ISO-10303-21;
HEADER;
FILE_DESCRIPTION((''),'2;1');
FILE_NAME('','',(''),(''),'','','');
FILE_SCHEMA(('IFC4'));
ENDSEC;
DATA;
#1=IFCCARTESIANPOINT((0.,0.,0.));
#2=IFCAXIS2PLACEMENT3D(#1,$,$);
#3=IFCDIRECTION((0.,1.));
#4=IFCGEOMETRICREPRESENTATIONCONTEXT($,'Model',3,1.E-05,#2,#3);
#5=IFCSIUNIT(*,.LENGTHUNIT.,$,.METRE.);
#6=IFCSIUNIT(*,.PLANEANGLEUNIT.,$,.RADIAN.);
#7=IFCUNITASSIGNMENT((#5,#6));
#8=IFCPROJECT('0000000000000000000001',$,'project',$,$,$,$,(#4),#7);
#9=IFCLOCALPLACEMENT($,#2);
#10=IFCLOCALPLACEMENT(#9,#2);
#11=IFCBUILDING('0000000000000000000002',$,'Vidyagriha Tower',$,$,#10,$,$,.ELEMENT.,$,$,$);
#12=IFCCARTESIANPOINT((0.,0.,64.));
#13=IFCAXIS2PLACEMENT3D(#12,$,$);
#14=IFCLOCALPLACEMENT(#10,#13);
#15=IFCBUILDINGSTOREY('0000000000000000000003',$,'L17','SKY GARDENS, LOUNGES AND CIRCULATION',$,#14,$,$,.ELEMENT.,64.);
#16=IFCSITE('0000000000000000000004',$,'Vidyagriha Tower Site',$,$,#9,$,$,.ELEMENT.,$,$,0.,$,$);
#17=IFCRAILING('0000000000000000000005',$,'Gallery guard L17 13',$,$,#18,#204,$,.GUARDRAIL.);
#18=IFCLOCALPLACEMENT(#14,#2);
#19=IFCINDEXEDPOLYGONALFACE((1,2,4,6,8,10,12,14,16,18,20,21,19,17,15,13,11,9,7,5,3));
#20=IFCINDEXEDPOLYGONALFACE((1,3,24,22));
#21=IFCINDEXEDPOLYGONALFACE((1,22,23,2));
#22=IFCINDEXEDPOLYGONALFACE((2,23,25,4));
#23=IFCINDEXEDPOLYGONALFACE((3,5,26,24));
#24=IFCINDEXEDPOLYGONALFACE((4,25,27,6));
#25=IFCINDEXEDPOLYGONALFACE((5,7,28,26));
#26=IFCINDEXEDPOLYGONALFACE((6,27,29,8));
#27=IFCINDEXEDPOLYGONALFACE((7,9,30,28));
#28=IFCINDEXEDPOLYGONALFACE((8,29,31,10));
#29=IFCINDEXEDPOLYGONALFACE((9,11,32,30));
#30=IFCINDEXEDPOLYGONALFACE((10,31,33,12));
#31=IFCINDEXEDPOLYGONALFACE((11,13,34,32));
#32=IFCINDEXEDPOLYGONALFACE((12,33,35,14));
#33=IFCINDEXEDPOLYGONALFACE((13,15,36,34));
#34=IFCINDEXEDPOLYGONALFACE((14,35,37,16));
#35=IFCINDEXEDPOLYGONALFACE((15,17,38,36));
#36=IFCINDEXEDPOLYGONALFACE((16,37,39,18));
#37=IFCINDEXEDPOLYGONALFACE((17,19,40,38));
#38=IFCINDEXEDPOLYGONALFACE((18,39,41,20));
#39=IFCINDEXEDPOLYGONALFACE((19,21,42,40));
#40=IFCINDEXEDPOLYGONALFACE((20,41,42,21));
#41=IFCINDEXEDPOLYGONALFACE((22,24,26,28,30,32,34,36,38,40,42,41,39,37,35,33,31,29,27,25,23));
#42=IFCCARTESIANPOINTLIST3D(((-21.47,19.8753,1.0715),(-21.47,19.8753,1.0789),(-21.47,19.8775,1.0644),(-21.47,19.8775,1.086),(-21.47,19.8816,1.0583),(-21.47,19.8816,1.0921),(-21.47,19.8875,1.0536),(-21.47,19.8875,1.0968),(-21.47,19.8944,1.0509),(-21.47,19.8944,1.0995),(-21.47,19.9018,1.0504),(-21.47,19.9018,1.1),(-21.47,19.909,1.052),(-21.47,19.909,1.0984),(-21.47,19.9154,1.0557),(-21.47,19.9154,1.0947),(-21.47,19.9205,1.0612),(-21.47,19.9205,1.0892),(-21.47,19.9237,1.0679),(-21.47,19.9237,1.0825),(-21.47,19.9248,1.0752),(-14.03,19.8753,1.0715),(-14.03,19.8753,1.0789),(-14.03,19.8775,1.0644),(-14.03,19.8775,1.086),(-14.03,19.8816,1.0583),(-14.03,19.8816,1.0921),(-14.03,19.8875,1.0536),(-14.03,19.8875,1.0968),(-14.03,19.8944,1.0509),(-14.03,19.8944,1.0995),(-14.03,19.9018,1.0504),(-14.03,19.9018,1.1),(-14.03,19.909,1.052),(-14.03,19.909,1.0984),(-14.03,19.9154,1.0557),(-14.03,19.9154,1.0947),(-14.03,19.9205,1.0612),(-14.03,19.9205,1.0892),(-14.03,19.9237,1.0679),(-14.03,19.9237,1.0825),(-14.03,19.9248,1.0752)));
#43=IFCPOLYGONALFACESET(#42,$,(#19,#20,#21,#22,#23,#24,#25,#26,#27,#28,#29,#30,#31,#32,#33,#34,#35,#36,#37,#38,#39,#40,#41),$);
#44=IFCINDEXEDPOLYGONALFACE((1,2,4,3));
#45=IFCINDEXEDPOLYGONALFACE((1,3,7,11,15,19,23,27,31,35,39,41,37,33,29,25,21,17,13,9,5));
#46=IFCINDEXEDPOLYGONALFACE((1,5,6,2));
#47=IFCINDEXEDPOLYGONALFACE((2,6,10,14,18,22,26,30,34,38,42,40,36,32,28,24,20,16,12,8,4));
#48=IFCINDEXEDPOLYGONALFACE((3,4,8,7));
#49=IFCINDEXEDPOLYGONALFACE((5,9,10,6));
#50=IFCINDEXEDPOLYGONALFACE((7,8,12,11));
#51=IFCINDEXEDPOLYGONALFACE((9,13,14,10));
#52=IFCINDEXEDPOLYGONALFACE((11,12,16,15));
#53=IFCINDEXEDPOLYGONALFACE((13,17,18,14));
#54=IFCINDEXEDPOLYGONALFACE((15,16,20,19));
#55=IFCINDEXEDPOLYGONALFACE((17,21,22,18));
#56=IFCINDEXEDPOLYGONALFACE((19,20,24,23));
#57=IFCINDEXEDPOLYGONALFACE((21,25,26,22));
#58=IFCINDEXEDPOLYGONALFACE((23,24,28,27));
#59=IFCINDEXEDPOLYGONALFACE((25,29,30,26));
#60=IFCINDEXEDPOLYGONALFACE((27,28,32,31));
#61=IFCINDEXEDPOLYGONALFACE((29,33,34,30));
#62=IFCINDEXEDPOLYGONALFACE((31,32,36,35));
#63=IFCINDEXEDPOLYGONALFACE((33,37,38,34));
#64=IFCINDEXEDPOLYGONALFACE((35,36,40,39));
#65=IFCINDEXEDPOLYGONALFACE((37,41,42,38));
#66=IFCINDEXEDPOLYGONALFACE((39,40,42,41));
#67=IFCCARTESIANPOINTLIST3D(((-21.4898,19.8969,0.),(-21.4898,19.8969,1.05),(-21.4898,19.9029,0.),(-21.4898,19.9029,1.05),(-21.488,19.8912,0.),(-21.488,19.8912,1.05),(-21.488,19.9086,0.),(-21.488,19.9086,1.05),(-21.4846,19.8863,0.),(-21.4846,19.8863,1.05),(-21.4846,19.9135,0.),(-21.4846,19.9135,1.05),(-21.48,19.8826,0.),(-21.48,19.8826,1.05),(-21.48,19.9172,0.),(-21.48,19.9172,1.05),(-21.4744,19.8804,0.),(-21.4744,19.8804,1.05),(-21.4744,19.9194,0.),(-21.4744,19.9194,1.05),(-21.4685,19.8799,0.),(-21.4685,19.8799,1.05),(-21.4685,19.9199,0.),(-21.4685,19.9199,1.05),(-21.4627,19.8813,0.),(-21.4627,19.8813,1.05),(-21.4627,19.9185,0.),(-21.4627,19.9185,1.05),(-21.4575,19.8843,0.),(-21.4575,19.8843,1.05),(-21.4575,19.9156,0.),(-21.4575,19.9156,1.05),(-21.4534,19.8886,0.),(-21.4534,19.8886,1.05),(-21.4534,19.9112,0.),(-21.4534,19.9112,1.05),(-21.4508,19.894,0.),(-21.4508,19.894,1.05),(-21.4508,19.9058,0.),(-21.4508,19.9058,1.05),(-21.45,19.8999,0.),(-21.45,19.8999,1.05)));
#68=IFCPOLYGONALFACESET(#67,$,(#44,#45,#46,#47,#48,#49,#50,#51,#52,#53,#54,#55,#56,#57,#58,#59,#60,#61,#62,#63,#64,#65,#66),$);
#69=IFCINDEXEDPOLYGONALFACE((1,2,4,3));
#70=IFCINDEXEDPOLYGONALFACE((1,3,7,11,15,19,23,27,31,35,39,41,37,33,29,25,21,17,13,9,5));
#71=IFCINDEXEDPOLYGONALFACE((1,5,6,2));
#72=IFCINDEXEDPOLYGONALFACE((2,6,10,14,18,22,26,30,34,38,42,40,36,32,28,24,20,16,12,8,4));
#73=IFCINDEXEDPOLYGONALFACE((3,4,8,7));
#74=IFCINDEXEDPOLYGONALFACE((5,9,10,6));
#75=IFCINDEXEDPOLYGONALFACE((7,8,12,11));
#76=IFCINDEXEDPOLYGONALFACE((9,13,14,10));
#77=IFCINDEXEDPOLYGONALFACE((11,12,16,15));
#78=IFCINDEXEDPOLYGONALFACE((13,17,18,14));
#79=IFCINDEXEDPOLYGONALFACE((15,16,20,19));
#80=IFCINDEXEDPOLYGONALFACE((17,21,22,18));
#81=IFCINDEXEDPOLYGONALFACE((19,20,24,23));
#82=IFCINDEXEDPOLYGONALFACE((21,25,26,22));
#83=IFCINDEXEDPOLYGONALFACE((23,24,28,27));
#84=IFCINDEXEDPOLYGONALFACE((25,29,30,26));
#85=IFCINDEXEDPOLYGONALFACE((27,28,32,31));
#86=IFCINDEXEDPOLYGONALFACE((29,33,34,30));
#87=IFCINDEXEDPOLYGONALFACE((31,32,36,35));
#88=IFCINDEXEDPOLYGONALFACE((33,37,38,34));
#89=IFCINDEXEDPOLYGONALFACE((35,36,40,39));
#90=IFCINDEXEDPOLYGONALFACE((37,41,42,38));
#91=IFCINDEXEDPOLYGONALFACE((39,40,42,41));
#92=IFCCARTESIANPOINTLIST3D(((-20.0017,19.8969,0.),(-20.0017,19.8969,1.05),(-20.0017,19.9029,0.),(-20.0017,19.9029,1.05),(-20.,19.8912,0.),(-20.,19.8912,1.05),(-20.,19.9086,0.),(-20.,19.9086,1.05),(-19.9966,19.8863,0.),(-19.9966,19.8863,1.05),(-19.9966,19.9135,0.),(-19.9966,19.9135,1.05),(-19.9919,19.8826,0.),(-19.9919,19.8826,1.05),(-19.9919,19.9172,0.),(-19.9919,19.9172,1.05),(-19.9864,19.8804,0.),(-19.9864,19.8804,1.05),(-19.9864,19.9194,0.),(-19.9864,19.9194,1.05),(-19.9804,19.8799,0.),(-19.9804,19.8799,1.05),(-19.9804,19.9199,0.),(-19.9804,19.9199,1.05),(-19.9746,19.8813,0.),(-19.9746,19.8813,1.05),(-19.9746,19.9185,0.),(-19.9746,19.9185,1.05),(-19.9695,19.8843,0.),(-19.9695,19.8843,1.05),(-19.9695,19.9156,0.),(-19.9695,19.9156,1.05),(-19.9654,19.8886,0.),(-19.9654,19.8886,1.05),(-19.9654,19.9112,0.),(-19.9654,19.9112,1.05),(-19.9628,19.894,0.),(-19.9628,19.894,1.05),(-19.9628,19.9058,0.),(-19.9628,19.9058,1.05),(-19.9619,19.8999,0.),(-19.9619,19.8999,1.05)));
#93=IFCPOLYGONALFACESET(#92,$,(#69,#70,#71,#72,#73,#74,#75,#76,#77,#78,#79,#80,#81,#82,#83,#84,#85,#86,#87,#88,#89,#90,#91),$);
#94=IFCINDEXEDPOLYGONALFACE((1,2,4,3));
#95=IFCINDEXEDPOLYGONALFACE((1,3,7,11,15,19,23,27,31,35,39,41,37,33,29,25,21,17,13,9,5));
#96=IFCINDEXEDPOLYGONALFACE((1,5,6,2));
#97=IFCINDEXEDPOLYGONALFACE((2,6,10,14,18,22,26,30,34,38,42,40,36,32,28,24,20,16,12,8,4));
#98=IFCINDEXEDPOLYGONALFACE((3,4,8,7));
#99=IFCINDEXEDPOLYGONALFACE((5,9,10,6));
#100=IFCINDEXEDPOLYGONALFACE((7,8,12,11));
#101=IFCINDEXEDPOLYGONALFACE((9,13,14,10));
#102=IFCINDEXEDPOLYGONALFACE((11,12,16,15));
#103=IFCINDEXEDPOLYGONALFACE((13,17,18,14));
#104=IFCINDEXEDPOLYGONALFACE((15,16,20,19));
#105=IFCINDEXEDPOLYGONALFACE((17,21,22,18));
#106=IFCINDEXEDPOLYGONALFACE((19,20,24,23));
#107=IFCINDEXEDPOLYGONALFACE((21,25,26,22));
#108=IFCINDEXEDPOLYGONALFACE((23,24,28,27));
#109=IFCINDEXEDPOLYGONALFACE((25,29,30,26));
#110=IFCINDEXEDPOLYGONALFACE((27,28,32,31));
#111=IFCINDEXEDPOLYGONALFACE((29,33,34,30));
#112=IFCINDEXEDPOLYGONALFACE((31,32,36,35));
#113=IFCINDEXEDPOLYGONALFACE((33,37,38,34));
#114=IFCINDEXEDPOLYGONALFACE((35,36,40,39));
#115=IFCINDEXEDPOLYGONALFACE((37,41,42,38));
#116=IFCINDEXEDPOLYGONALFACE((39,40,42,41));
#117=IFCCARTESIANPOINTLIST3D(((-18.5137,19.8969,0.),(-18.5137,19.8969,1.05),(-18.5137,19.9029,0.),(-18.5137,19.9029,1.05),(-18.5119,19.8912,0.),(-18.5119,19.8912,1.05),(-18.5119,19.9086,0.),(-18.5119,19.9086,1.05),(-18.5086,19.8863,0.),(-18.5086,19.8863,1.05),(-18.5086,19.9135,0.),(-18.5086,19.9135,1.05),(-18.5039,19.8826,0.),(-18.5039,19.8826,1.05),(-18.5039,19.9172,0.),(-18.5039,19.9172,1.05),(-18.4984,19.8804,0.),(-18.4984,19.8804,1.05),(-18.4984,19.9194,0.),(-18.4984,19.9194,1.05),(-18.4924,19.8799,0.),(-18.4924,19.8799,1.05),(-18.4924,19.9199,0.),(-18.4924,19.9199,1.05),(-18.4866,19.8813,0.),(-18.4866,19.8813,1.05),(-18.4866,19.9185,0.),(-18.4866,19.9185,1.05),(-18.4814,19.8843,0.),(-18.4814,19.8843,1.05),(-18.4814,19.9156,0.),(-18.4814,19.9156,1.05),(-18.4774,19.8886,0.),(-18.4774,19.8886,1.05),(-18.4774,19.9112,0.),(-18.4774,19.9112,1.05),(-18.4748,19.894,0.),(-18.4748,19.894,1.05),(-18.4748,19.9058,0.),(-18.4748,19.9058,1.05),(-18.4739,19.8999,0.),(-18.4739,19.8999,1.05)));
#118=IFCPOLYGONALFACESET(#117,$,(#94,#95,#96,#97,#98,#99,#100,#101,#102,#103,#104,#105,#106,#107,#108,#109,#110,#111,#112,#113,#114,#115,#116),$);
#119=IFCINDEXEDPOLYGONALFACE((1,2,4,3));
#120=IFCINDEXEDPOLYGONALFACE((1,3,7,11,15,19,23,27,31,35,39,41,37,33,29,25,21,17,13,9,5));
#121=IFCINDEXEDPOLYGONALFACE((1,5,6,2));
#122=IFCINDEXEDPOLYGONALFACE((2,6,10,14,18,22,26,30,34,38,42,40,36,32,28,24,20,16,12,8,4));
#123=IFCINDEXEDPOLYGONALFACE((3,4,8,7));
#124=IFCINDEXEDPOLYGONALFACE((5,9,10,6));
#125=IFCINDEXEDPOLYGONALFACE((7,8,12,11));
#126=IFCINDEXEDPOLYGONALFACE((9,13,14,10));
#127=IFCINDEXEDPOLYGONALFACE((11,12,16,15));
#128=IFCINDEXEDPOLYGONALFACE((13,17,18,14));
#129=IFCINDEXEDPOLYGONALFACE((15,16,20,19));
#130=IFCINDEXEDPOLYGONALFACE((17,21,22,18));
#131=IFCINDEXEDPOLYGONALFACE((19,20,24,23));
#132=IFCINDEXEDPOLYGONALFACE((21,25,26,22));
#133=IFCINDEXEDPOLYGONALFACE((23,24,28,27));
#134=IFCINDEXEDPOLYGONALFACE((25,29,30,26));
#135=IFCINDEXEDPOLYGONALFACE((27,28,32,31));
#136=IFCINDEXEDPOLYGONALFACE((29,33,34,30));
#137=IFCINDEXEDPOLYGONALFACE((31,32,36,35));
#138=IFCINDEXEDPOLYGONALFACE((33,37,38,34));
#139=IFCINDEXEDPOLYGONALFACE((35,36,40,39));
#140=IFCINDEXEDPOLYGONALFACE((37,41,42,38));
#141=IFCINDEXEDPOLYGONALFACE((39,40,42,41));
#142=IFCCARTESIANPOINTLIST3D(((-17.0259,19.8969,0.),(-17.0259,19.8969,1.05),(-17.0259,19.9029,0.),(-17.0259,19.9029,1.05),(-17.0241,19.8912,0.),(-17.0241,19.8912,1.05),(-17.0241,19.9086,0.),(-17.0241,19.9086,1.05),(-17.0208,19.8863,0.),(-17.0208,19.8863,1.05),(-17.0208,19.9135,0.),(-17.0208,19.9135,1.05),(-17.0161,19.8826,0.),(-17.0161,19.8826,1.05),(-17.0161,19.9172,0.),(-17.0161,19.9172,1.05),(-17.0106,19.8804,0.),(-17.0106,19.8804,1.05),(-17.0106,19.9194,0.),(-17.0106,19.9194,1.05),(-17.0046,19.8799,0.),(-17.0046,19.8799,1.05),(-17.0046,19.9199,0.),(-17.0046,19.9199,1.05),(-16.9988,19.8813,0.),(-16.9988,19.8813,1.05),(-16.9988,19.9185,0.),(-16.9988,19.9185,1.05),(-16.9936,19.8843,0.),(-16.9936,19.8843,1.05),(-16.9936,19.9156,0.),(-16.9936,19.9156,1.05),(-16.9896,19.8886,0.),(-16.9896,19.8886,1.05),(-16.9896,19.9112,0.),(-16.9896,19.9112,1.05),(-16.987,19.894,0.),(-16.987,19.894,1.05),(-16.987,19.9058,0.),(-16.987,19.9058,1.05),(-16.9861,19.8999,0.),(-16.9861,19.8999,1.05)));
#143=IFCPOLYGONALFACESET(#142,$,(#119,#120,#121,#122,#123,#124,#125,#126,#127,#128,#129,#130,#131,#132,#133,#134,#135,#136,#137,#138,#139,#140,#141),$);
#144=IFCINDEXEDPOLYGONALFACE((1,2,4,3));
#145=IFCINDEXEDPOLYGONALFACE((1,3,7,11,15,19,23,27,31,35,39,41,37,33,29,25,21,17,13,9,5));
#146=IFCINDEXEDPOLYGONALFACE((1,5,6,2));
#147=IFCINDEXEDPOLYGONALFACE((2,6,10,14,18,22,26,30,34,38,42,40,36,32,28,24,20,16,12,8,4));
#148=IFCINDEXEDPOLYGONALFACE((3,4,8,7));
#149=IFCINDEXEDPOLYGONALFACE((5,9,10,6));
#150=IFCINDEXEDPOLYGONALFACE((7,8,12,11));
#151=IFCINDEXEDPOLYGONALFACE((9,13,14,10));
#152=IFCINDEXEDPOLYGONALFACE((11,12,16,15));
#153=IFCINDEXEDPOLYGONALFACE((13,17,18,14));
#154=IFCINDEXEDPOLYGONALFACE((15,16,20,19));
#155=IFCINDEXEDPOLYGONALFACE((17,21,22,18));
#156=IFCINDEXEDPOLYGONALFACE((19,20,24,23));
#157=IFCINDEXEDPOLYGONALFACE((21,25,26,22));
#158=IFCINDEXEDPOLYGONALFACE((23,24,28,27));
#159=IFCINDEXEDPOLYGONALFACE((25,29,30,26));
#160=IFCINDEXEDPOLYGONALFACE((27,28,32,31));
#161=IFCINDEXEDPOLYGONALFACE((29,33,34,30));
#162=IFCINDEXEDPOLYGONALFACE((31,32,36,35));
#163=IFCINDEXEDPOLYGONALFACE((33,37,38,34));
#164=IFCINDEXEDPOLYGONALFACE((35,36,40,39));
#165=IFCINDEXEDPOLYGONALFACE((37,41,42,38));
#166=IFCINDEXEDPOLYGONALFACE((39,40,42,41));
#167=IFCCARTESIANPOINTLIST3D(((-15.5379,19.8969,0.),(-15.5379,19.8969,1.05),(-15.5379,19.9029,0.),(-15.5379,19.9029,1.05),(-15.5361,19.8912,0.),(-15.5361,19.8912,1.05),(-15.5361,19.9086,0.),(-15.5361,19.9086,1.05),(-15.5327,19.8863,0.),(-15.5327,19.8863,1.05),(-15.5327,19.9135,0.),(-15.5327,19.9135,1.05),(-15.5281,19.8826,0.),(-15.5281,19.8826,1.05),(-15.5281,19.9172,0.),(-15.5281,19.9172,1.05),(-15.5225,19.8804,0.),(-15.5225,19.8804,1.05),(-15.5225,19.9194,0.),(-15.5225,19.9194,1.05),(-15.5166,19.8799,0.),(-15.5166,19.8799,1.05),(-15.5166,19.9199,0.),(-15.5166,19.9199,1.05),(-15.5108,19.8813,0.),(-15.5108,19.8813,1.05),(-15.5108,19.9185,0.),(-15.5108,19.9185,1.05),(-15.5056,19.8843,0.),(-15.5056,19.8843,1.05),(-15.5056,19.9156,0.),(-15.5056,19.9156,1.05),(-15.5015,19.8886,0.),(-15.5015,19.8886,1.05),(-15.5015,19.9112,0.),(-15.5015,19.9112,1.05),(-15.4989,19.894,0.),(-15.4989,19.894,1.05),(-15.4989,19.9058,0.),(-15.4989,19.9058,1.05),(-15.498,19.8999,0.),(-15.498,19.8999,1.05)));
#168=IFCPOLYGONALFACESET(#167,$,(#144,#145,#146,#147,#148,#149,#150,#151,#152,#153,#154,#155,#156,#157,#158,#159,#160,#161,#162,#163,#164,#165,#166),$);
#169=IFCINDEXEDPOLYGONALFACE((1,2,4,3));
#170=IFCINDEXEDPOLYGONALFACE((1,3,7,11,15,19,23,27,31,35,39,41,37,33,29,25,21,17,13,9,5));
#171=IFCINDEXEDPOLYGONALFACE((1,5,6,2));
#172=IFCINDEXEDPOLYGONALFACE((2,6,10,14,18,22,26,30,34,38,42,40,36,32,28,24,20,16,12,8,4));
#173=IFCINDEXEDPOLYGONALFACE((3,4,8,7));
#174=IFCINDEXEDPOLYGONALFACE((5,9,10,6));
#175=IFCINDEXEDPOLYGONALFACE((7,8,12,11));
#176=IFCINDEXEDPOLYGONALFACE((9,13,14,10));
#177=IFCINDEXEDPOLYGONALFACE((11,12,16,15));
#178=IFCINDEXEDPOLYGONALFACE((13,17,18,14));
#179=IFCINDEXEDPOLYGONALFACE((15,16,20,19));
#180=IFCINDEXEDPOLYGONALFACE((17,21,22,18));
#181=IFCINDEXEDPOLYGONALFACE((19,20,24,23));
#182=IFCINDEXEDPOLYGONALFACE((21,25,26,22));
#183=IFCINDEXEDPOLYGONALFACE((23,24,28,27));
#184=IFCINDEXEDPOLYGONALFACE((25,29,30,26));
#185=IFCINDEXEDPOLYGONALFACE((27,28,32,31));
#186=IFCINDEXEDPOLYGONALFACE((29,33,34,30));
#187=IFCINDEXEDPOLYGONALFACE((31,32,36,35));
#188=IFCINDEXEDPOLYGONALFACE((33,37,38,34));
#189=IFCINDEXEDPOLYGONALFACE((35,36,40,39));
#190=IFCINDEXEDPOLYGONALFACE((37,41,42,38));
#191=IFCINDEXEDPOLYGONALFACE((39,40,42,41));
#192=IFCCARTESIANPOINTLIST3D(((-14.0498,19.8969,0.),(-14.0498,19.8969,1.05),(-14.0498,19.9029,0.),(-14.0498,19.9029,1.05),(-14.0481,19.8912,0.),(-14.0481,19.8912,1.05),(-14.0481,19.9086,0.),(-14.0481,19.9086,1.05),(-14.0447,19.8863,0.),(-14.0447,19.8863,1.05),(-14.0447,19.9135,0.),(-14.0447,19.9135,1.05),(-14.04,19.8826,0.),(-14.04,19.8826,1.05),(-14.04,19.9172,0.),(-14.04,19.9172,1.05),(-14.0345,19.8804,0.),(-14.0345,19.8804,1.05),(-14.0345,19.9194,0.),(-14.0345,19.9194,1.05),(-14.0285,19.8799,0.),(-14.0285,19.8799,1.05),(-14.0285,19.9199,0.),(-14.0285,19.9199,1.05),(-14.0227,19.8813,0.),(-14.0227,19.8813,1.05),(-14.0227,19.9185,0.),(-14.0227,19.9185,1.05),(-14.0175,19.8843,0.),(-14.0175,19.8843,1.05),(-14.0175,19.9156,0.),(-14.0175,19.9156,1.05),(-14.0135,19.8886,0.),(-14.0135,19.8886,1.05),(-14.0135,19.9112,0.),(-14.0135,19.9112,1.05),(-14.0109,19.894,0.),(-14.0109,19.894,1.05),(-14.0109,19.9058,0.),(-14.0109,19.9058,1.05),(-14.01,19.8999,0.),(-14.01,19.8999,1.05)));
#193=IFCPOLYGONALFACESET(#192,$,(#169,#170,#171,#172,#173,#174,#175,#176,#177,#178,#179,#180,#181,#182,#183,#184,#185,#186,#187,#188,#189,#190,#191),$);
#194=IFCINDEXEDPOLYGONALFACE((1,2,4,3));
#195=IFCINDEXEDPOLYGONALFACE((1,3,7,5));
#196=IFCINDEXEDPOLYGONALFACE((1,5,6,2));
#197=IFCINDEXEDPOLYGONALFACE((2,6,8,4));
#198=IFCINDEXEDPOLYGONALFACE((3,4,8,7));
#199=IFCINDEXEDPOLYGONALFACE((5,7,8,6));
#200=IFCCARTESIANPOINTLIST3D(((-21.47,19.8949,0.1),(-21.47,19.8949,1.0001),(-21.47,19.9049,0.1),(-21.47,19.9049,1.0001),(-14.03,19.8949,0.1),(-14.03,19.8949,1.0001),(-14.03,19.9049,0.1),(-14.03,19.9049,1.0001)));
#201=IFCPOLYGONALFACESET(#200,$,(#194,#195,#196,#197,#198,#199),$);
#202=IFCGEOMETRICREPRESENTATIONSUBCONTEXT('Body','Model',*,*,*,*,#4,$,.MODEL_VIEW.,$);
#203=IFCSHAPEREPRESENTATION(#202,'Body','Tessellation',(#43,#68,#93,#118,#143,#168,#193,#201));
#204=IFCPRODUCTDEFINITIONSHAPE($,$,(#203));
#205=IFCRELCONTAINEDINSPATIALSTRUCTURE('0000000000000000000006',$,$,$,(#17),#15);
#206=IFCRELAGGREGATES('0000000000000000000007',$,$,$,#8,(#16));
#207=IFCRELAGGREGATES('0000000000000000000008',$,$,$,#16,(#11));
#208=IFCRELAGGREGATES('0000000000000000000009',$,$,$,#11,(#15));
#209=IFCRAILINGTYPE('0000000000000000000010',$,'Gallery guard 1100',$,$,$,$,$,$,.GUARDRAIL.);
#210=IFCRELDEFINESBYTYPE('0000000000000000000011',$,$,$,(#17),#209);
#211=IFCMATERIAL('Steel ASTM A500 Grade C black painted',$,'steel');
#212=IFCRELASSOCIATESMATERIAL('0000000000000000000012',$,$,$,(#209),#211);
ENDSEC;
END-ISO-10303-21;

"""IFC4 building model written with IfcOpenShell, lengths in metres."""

from ifc_helpers import new_model, si_unit, direction, frame, origin, origin_2d, place, context, subcontext, project, spatial, rectangle, circle, extrude, material, type_object, element, save


model = new_model("IFC4")

# Units and contexts
model_context = context("Model", 3, precision=1e-05, world=origin(), true_north=direction((0.0, 1.0)))
body_context = subcontext(model_context, "Body", "Model", "MODEL_VIEW")
ifc_project = project(units=[si_unit("LENGTHUNIT", "METRE"), si_unit("PLANEANGLEUNIT", "RADIAN")], contexts=[model_context])

# Site, building, storey
site_placement = place(None, origin())
site = spatial("IfcSite", under=ifc_project, at=site_placement, Name="Vidyagriha Tower Site", CompositionType="ELEMENT", RefElevation=0.0)
building_placement = place(site_placement, origin())
building = spatial("IfcBuilding", under=site, at=building_placement, Name="Vidyagriha Tower", CompositionType="ELEMENT")
storey_placement = place(building_placement, frame((0.0, 0.0, 64.0)))
storey = spatial("IfcBuildingStorey", under=building, at=storey_placement, Name="L17", Description="SKY GARDENS, LOUNGES AND CIRCULATION", CompositionType="ELEMENT", Elevation=64.0)

# Railing
ifc_material_1 = material(Name="Steel ASTM A500 Grade C black painted", Category="steel")
railing_type = type_object("IfcRailingType", Name="Gallery guard 1100", PredefinedType="GUARDRAIL", material=ifc_material_1)
railing_placement = place(storey_placement, frame((-21.47, 19.8999, 0.0)))
element("IfcRailing", 1, at=railing_placement, inside=storey, type_object=railing_type, Name="Gallery guard L17 13", PredefinedType="GUARDRAIL", context=body_context, shape_type="SweptSolid", body=[
    extrude(circle(Radius=0.0249, at=origin_2d()), frame((0.0, 0.0, 1.0752), z_axis=(1.0, 0.0, 0.0), x_axis=(0.0, 1.0, 0.0)), (0.0, 0.0, 1.0), 7.4399),
    extrude(circle(Radius=0.02, at=origin_2d()), origin(), (0.0, 0.0, 1.0), 1.05),
    extrude(circle(Radius=0.02, at=origin_2d()), frame((1.488, 0.0, 0.0)), (0.0, 0.0, 1.0), 1.05),
    extrude(circle(Radius=0.02, at=origin_2d()), frame((2.9761, 0.0, 0.0)), (0.0, 0.0, 1.0), 1.05),
    extrude(circle(Radius=0.02, at=origin_2d()), frame((4.4639, 0.0, 0.0)), (0.0, 0.0, 1.0), 1.05),
    extrude(circle(Radius=0.02, at=origin_2d()), frame((5.9519, 0.0, 0.0)), (0.0, 0.0, 1.0), 1.05),
    extrude(circle(Radius=0.02, at=origin_2d()), frame((7.4399, 0.0, 0.0)), (0.0, 0.0, 1.0), 1.05),
    extrude(rectangle(XDim=0.01, YDim=0.9001, at=origin_2d()), frame((0.0, 0.0, 0.55), z_axis=(1.0, 0.0, 0.0), x_axis=(0.0, 1.0, 0.0)), (0.0, 0.0, 1.0), 7.4399),
])

save(model, "model.ifc")
